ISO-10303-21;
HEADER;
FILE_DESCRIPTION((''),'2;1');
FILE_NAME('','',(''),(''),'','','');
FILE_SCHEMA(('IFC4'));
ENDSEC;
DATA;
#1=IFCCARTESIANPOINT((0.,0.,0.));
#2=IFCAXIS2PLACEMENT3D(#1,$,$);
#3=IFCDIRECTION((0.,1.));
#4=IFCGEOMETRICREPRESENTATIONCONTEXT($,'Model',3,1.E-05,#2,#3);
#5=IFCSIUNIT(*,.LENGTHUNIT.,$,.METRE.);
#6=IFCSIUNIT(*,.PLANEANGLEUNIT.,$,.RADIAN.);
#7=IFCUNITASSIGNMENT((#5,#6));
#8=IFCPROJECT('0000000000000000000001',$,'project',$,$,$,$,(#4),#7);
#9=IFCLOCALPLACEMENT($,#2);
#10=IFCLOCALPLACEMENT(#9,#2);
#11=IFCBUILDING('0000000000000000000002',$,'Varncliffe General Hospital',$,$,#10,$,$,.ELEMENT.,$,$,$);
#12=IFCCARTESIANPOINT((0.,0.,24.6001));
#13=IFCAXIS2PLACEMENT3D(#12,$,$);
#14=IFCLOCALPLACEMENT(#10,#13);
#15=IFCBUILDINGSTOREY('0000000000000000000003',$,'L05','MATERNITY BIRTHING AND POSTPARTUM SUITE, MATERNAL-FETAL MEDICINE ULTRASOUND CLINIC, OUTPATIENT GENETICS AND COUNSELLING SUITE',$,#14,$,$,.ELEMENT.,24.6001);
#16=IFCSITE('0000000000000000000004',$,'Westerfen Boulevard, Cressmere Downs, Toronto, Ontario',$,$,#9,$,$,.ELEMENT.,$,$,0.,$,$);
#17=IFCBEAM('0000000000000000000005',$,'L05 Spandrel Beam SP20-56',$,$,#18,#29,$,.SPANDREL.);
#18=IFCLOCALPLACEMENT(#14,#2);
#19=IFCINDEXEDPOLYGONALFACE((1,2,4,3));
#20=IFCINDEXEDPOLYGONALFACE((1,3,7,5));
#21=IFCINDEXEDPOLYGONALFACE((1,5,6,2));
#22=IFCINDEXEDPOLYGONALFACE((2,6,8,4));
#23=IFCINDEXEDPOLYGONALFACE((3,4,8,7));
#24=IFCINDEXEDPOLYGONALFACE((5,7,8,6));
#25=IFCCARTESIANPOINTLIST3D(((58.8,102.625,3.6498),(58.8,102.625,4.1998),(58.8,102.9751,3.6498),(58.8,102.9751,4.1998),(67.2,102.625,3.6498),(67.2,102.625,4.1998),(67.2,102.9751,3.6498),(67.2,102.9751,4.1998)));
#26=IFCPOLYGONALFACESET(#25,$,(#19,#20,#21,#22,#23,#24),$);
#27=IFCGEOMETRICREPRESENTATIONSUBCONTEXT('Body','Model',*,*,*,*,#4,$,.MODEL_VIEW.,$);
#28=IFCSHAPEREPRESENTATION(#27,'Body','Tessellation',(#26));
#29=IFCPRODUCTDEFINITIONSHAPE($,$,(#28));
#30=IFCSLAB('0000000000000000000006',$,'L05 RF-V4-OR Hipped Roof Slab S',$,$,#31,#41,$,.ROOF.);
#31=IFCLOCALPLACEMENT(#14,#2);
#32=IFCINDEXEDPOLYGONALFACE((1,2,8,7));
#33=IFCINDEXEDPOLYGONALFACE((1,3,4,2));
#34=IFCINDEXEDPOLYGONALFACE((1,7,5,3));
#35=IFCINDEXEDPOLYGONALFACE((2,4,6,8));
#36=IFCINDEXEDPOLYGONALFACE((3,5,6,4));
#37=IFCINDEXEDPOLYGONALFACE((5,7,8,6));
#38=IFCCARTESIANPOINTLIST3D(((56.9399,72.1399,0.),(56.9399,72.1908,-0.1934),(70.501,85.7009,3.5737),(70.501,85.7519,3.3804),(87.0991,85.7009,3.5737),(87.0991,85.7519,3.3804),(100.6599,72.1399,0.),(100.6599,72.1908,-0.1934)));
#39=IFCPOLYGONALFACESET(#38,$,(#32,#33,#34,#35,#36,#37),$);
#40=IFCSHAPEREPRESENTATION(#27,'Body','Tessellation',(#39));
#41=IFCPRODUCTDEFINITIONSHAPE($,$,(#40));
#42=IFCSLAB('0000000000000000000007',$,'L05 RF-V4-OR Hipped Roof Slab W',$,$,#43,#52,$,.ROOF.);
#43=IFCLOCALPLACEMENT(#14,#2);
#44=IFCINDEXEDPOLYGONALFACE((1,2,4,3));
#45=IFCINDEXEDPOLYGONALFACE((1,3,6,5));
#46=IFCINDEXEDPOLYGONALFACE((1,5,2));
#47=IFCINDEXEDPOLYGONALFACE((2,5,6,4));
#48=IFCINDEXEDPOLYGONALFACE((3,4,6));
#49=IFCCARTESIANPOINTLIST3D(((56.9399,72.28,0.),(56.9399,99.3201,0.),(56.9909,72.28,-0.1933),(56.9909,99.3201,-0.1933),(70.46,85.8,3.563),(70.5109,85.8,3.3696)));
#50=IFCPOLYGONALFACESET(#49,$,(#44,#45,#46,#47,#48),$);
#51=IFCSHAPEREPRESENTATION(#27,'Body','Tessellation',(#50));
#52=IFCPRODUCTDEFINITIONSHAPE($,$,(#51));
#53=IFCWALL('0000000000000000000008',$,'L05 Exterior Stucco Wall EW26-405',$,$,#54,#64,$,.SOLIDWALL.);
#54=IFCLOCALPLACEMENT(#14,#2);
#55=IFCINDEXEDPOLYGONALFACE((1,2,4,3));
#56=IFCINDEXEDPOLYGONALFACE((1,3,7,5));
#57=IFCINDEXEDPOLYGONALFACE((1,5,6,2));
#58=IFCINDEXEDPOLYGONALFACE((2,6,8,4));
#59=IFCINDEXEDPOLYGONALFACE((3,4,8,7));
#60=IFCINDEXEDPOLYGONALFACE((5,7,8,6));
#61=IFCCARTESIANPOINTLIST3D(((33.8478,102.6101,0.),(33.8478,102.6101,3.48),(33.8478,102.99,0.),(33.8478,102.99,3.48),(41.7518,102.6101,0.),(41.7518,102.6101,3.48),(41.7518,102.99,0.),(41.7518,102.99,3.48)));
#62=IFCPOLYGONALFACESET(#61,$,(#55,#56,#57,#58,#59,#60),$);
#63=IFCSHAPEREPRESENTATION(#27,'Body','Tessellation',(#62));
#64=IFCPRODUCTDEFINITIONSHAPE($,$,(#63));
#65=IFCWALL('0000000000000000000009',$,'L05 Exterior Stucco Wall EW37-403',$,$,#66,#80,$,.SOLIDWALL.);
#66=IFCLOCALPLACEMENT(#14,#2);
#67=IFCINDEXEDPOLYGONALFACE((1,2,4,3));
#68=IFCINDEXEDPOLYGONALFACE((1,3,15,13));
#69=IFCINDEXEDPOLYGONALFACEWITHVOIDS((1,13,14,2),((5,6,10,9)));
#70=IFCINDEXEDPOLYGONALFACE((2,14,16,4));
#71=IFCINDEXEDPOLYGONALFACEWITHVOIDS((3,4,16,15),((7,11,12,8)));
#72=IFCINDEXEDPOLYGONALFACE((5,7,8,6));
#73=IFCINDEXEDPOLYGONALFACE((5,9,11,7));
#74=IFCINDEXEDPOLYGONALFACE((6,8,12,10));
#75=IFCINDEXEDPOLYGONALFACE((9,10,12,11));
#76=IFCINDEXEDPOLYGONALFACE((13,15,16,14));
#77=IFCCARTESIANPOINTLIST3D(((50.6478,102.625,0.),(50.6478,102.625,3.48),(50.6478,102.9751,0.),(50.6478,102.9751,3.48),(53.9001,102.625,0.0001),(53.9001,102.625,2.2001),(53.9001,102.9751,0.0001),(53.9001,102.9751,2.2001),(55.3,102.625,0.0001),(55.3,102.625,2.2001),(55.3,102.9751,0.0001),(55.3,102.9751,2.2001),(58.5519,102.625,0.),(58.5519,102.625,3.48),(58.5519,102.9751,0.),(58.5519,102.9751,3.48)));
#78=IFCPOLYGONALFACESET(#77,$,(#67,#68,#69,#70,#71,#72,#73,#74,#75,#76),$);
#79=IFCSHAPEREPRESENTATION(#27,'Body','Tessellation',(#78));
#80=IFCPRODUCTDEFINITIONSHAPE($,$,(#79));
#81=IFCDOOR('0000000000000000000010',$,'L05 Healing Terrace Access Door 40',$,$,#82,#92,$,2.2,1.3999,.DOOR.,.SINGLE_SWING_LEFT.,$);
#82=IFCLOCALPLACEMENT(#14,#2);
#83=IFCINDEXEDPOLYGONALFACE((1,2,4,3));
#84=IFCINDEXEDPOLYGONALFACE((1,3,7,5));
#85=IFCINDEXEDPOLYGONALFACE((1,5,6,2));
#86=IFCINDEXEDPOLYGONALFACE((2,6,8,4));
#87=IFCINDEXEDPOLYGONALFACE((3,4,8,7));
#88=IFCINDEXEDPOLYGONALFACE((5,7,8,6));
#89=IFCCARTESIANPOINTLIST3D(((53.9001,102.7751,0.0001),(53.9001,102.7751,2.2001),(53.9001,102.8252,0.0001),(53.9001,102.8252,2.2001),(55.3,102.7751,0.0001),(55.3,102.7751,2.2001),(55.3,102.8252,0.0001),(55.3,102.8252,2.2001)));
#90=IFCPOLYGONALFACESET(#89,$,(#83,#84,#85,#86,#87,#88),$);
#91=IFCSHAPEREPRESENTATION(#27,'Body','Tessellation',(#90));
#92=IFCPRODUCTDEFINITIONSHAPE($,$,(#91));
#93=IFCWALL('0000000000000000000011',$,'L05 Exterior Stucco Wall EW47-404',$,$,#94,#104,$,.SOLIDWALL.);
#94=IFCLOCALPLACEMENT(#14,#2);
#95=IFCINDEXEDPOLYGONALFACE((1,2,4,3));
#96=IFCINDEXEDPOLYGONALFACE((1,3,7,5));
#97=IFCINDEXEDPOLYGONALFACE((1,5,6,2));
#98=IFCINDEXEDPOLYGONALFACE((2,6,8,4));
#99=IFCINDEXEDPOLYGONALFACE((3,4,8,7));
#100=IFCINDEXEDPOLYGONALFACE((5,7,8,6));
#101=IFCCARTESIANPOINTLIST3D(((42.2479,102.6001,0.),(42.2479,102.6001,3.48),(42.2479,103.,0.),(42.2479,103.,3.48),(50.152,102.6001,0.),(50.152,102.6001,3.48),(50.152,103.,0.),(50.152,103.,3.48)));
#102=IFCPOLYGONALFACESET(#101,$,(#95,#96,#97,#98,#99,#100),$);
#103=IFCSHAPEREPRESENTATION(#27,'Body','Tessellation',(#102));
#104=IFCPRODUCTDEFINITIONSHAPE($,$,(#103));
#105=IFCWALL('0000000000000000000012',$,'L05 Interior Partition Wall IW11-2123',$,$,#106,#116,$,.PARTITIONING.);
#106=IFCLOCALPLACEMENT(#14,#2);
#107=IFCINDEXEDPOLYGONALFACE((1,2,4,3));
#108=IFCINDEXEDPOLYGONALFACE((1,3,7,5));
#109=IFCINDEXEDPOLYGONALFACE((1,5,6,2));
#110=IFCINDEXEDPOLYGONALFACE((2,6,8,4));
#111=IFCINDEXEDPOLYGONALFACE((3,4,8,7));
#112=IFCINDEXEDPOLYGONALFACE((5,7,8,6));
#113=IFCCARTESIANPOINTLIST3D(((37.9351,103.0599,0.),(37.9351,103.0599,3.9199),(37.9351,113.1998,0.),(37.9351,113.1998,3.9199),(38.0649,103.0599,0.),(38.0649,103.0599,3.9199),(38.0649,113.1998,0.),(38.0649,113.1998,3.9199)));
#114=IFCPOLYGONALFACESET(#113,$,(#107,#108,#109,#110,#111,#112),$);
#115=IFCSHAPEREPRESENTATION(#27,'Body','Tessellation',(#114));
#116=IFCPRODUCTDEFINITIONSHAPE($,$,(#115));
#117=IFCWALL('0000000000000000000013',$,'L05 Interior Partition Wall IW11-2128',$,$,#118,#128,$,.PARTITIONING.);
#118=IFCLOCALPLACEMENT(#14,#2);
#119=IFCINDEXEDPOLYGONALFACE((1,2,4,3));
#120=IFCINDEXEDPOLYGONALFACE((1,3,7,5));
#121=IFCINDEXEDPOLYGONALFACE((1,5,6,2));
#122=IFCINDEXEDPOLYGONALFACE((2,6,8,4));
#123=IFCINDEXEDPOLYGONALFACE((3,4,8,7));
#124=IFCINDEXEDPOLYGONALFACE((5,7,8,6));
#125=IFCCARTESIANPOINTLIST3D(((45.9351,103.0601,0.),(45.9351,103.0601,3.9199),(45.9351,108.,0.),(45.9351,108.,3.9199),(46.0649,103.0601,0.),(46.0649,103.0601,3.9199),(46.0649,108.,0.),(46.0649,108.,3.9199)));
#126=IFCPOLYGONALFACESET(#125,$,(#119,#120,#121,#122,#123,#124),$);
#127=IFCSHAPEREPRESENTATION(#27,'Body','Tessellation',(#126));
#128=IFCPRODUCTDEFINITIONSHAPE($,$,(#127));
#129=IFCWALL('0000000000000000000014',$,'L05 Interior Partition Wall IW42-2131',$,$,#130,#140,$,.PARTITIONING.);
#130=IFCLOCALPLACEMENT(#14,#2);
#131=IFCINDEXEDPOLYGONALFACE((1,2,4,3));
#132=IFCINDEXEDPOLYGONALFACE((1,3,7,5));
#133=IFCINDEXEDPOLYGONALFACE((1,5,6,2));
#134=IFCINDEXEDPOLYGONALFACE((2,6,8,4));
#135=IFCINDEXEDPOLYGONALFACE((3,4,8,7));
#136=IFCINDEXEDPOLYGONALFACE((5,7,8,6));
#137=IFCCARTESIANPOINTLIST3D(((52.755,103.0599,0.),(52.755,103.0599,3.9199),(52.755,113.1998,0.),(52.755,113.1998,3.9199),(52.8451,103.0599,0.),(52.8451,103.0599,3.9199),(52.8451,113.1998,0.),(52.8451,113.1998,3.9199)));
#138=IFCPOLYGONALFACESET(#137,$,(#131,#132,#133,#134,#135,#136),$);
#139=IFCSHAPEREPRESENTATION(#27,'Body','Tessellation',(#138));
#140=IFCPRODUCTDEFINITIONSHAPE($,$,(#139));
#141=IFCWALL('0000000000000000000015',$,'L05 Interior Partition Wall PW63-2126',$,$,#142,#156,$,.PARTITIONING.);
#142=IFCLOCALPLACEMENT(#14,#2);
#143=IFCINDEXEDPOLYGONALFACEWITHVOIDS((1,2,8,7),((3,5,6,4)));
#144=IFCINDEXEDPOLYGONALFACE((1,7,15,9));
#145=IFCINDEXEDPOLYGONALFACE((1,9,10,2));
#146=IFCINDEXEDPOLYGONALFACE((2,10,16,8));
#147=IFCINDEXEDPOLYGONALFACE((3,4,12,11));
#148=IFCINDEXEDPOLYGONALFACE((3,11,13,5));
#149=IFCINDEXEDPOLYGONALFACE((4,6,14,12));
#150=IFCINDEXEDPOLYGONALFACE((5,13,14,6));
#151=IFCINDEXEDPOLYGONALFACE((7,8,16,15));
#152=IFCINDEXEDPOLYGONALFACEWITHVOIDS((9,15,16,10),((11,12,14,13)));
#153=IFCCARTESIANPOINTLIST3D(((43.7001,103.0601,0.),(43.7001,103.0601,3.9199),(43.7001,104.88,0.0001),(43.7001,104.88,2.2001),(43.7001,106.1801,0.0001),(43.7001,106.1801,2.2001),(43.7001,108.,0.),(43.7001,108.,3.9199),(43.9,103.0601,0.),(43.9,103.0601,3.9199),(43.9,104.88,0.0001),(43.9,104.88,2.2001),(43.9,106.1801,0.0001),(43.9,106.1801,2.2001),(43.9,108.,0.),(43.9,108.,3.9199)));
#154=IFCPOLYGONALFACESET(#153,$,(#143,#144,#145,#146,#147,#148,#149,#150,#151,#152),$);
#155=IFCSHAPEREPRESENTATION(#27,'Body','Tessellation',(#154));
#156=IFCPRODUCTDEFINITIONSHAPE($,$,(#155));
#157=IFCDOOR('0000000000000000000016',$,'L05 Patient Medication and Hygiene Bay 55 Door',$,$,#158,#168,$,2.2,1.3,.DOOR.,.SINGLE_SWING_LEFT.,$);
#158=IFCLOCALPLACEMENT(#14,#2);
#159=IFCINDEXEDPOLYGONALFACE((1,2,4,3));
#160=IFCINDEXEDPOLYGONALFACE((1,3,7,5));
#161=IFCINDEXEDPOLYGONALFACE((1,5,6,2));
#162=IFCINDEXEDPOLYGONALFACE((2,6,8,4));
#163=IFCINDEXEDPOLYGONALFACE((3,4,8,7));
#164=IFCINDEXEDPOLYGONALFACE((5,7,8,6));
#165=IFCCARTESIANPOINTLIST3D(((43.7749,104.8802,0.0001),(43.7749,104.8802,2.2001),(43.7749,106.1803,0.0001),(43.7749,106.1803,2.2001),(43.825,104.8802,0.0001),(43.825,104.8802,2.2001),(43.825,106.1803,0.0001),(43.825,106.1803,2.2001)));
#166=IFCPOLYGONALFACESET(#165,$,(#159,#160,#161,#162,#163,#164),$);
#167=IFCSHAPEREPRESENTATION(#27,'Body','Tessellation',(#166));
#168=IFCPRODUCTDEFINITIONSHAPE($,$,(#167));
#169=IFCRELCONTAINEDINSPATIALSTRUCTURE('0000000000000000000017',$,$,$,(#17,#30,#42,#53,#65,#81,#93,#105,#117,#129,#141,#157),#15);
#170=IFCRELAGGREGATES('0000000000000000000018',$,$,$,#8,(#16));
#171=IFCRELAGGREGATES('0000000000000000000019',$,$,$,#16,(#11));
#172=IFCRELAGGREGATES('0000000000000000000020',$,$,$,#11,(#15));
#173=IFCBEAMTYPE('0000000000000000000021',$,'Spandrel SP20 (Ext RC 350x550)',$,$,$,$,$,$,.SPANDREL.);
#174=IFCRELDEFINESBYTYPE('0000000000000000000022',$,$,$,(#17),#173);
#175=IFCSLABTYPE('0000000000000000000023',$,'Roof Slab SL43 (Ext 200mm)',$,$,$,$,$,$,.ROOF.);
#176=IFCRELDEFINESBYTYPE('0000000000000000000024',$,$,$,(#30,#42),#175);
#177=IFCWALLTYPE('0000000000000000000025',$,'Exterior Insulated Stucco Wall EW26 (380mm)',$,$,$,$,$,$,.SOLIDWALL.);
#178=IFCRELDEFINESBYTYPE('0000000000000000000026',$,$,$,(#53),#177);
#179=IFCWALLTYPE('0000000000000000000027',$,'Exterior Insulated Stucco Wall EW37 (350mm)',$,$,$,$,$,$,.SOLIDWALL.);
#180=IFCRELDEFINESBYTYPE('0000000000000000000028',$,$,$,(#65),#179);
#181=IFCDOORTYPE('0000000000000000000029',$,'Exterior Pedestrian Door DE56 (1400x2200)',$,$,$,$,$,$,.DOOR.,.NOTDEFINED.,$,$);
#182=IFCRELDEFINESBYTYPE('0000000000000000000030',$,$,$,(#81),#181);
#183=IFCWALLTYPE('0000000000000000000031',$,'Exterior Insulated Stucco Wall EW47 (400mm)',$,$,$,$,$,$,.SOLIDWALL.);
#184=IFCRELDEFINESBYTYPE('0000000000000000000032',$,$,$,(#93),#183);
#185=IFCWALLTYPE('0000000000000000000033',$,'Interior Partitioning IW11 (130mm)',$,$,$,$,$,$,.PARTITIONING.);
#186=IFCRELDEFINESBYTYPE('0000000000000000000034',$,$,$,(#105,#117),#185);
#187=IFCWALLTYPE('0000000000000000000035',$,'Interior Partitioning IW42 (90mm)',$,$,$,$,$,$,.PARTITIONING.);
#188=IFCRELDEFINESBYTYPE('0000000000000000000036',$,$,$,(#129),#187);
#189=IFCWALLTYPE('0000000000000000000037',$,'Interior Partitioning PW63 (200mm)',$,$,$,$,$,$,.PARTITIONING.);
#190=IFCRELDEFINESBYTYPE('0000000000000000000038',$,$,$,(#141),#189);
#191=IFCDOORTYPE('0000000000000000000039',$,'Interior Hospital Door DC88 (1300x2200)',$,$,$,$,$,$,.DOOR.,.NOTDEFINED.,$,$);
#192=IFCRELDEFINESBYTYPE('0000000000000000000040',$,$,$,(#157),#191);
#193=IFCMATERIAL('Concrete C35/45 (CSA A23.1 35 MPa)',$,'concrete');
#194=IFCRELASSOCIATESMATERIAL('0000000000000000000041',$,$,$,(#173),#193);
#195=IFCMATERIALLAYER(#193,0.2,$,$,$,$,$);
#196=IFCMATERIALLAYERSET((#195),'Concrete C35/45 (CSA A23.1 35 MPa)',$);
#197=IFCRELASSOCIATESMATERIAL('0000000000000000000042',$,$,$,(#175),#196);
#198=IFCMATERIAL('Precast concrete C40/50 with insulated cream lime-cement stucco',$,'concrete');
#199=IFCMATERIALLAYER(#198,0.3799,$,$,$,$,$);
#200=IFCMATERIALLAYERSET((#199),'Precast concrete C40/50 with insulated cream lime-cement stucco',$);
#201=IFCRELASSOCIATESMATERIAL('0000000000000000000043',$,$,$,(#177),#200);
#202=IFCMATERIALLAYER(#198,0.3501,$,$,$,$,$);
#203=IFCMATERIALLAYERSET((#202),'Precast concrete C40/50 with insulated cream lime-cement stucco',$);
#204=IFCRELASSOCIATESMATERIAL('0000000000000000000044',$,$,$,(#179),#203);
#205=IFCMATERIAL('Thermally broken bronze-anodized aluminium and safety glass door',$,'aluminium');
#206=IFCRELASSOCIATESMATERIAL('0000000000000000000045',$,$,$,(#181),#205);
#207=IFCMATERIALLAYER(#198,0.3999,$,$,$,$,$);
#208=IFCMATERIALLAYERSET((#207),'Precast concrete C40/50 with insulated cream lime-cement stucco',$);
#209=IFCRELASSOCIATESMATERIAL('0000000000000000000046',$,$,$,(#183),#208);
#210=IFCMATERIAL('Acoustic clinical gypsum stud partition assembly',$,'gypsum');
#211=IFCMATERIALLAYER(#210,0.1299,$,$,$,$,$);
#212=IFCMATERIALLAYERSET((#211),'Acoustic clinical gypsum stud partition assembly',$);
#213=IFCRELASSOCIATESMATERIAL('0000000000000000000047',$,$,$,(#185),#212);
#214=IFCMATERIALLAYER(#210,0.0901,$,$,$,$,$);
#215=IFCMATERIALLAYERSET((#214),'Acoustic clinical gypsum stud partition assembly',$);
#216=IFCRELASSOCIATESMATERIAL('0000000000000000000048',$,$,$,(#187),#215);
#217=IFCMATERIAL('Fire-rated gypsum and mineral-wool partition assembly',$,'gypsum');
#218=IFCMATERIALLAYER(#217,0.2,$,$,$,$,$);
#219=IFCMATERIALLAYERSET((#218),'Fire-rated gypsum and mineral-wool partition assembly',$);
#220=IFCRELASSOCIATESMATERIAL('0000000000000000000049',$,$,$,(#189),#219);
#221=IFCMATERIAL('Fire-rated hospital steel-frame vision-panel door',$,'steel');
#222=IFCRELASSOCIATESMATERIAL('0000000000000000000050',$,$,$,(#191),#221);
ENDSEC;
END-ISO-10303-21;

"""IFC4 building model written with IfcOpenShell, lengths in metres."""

from ifc_helpers import new_model, si_unit, direction, frame, frame_2d, origin, origin_2d, place, context, subcontext, project, spatial, polyline, rectangle, outline, extrude, material, layer, layer_set, material_profile, profile_set, type_object, element, fill, save


model = new_model("IFC4")

# Units and contexts
model_context = context("Model", 3, precision=1e-05, world=origin(), true_north=direction((0.0, 1.0)))
body_context = subcontext(model_context, "Body", "Model", "MODEL_VIEW")
ifc_project = project(units=[si_unit("LENGTHUNIT", "METRE"), si_unit("PLANEANGLEUNIT", "RADIAN")], contexts=[model_context])

# Site, building, storey
site_placement = place(None, origin())
site = spatial("IfcSite", under=ifc_project, at=site_placement, Name="Westerfen Boulevard, Cressmere Downs, Toronto, Ontario", CompositionType="ELEMENT", RefElevation=0.0)
building_placement = place(site_placement, origin())
building = spatial("IfcBuilding", under=site, at=building_placement, Name="Varncliffe General Hospital", CompositionType="ELEMENT")
storey_placement = place(building_placement, frame((0.0, 0.0, 24.6001)))
storey = spatial("IfcBuildingStorey", under=building, at=storey_placement, Name="L05", Description="MATERNITY BIRTHING AND POSTPARTUM SUITE, MATERNAL-FETAL MEDICINE ULTRASOUND CLINIC, OUTPATIENT GENETICS AND COUNSELLING SUITE", CompositionType="ELEMENT", Elevation=24.6001)

# Shared definitions
ifc_material_1 = material(Name="Concrete C35/45 (CSA A23.1 35 MPa)", Category="concrete")

# Beam
ifc_material_profile_1 = material_profile(ifc_material_1, rectangle(XDim=0.3501, YDim=0.55, at=origin_2d()), Name="RC 350x550")
ifc_profile_set_1 = profile_set([ifc_material_profile_1], Name="Concrete C35/45 (CSA A23.1 35 MPa)")
beam_type_1 = type_object("IfcBeamType", Name="Spandrel SP20 (Ext RC 350x550)", PredefinedType="SPANDREL", material=ifc_profile_set_1)
beam_1_placement = place(storey_placement, frame((58.8, 102.8, 3.9248), z_axis=(1.0, 0.0, 0.0), x_axis=(0.0, 1.0, 0.0)))
element("IfcBeam", 1, at=beam_1_placement, inside=storey, type_object=beam_type_1, Name="L05 Spandrel Beam SP20-56", PredefinedType="SPANDREL", context=body_context, shape_type="SweptSolid", body=[
    extrude(rectangle(XDim=0.3501, YDim=0.55, at=origin_2d()), origin(), (0.0, 0.0, 1.0), 8.3999),
])

# Slabs
ifc_layer_1 = layer(ifc_material_1, 0.2)
ifc_layer_set_1 = layer_set([ifc_layer_1], Name="Concrete C35/45 (CSA A23.1 35 MPa)")
slab_type = type_object("IfcSlabType", Name="Roof Slab SL43 (Ext 200mm)", PredefinedType="ROOF", material=ifc_layer_set_1)
slab_1_placement = place(storey_placement, frame((56.9399, 72.1399, 0.0), z_axis=(0.0, -0.254829, 0.966986), x_axis=(1.0, 0.0, 0.0)))
element("IfcSlab", 2, at=slab_1_placement, inside=storey, type_object=slab_type, Name="L05 RF-V4-OR Hipped Roof Slab S", PredefinedType="ROOF", context=body_context, shape_type="SweptSolid", body=[
    extrude(outline(polyline([(0.0, 0.0), (43.72, 0.0), (30.1592, 14.024), (13.561, 14.024), (0.0, 0.0)])), origin(), (0.0, 0.0, -1.0), 0.2),
])
slab_2_placement = place(storey_placement, frame((56.9399, 99.3201, 0.0), z_axis=(-0.254834, 0.0, 0.966985), x_axis=(0.0, -1.0, 0.0)))
element("IfcSlab", 3, at=slab_2_placement, inside=storey, type_object=slab_type, Name="L05 RF-V4-OR Hipped Roof Slab W", PredefinedType="ROOF", context=body_context, shape_type="SweptSolid", body=[
    extrude(outline(polyline([(0.0, 0.0), (27.04, 0.0), (13.52, 13.9816), (0.0, 0.0)])), origin(), (0.0, 0.0, -1.0), 0.2),
])

# Wall
ifc_material_2 = material(Name="Precast concrete C40/50 with insulated cream lime-cement stucco", Category="concrete")
ifc_layer_2 = layer(ifc_material_2, 0.3799)
ifc_layer_set_2 = layer_set([ifc_layer_2], Name="Precast concrete C40/50 with insulated cream lime-cement stucco")
wall_type_1 = type_object("IfcWallType", Name="Exterior Insulated Stucco Wall EW26 (380mm)", PredefinedType="SOLIDWALL", material=ifc_layer_set_2)
wall_1_placement = place(storey_placement, frame((41.752, 102.8, 0.0), z_axis=(0.0, 0.0, 1.0), x_axis=(-1.0, 0.0, 0.0)))
element("IfcWall", 4, at=wall_1_placement, inside=storey, type_object=wall_type_1, Name="L05 Exterior Stucco Wall EW26-405", PredefinedType="SOLIDWALL", context=body_context, shape_type="SweptSolid", body=[
    extrude(rectangle(XDim=7.9041, YDim=0.3799, at=frame_2d((3.9521, 0.0))), origin(), (0.0, 0.0, 1.0), 3.48),
])

# Wall, opening, door
ifc_layer_3 = layer(ifc_material_2, 0.3501)
ifc_layer_set_3 = layer_set([ifc_layer_3], Name="Precast concrete C40/50 with insulated cream lime-cement stucco")
wall_type_2 = type_object("IfcWallType", Name="Exterior Insulated Stucco Wall EW37 (350mm)", PredefinedType="SOLIDWALL", material=ifc_layer_set_3)
wall_2_placement = place(storey_placement, frame((58.552, 102.8, 0.0), z_axis=(0.0, 0.0, 1.0), x_axis=(-1.0, 0.0, 0.0)))
wall_2 = element("IfcWall", 5, at=wall_2_placement, inside=storey, type_object=wall_type_2, Name="L05 Exterior Stucco Wall EW37-403", PredefinedType="SOLIDWALL", context=body_context, shape_type="SweptSolid", body=[
    extrude(rectangle(XDim=7.9041, YDim=0.3501, at=frame_2d((3.9521, 0.0))), origin(), (0.0, 0.0, 1.0), 3.48),
])
opening_1_placement = place(wall_2_placement, frame((3.252, 0.0, 0.0)))
opening_1 = element("IfcOpeningElement", 6, at=opening_1_placement, cuts=wall_2, PredefinedType="OPENING", context=body_context, shape_type="SweptSolid", body=[
    extrude(rectangle(XDim=1.3999, YDim=2.2, at=frame_2d((0.7, 1.1001))), frame((0.0, 0.1851, 0.0), z_axis=(0.0, -1.0, 0.0), x_axis=(1.0, 0.0, 0.0)), (0.0, 0.0, 1.0), 0.3701),
])
ifc_material_3 = material(Name="Thermally broken bronze-anodized aluminium and safety glass door", Category="aluminium")
door_type_1 = type_object("IfcDoorType", Name="Exterior Pedestrian Door DE56 (1400x2200)", OperationType="NOTDEFINED", PredefinedType="DOOR", material=ifc_material_3)
door_1_placement = place(opening_1_placement, origin())
door_1 = element("IfcDoor", 7, at=door_1_placement, inside=storey, type_object=door_type_1, Name="L05 Healing Terrace Access Door 40", OperationType="SINGLE_SWING_LEFT", OverallHeight=2.2, OverallWidth=1.3999, PredefinedType="DOOR", context=body_context, shape_type="SweptSolid", body=[
    extrude(rectangle(XDim=1.3999, YDim=2.2, at=frame_2d((0.7, 1.1001))), frame((0.0, 0.0249, 0.0), z_axis=(0.0, -1.0, 0.0), x_axis=(1.0, 0.0, 0.0)), (0.0, 0.0, 1.0), 0.05),
])
fill(opening_1, door_1)

# Walls
ifc_layer_4 = layer(ifc_material_2, 0.3999)
ifc_layer_set_4 = layer_set([ifc_layer_4], Name="Precast concrete C40/50 with insulated cream lime-cement stucco")
wall_type_3 = type_object("IfcWallType", Name="Exterior Insulated Stucco Wall EW47 (400mm)", PredefinedType="SOLIDWALL", material=ifc_layer_set_4)
wall_3_placement = place(storey_placement, frame((50.1521, 102.8, 0.0), z_axis=(0.0, 0.0, 1.0), x_axis=(-1.0, 0.0, 0.0)))
element("IfcWall", 8, at=wall_3_placement, inside=storey, type_object=wall_type_3, Name="L05 Exterior Stucco Wall EW47-404", PredefinedType="SOLIDWALL", context=body_context, shape_type="SweptSolid", body=[
    extrude(rectangle(XDim=7.9041, YDim=0.3999, at=frame_2d((3.9521, 0.0))), origin(), (0.0, 0.0, 1.0), 3.48),
])
ifc_material_4 = material(Name="Acoustic clinical gypsum stud partition assembly", Category="gypsum")
ifc_layer_5 = layer(ifc_material_4, 0.1299)
ifc_layer_set_5 = layer_set([ifc_layer_5], Name="Acoustic clinical gypsum stud partition assembly")
wall_type_4 = type_object("IfcWallType", Name="Interior Partitioning IW11 (130mm)", PredefinedType="PARTITIONING", material=ifc_layer_set_5)
wall_4_placement = place(storey_placement, frame((38.0, 103.0601, 0.0), z_axis=(0.0, 0.0, 1.0), x_axis=(0.0, 1.0, 0.0)))
element("IfcWall", 9, at=wall_4_placement, inside=storey, type_object=wall_type_4, Name="L05 Interior Partition Wall IW11-2123", PredefinedType="PARTITIONING", context=body_context, shape_type="SweptSolid", body=[
    extrude(rectangle(XDim=10.1399, YDim=0.1299, at=frame_2d((5.0698, 0.0))), origin(), (0.0, 0.0, 1.0), 3.9199),
])
wall_5_placement = place(storey_placement, frame((46.0, 103.0601, 0.0), z_axis=(0.0, 0.0, 1.0), x_axis=(0.0, 1.0, 0.0)))
element("IfcWall", 10, at=wall_5_placement, inside=storey, type_object=wall_type_4, Name="L05 Interior Partition Wall IW11-2128", PredefinedType="PARTITIONING", context=body_context, shape_type="SweptSolid", body=[
    extrude(rectangle(XDim=4.9399, YDim=0.1299, at=frame_2d((2.47, 0.0))), origin(), (0.0, 0.0, 1.0), 3.9199),
])
ifc_layer_6 = layer(ifc_material_4, 0.0901)
ifc_layer_set_6 = layer_set([ifc_layer_6], Name="Acoustic clinical gypsum stud partition assembly")
wall_type_5 = type_object("IfcWallType", Name="Interior Partitioning IW42 (90mm)", PredefinedType="PARTITIONING", material=ifc_layer_set_6)
wall_6_placement = place(storey_placement, frame((52.8, 103.0601, 0.0), z_axis=(0.0, 0.0, 1.0), x_axis=(0.0, 1.0, 0.0)))
element("IfcWall", 11, at=wall_6_placement, inside=storey, type_object=wall_type_5, Name="L05 Interior Partition Wall IW42-2131", PredefinedType="PARTITIONING", context=body_context, shape_type="SweptSolid", body=[
    extrude(rectangle(XDim=10.1399, YDim=0.0901, at=frame_2d((5.0698, 0.0))), origin(), (0.0, 0.0, 1.0), 3.9199),
])

# Wall, opening, door
ifc_material_5 = material(Name="Fire-rated gypsum and mineral-wool partition assembly", Category="gypsum")
ifc_layer_7 = layer(ifc_material_5, 0.2)
ifc_layer_set_7 = layer_set([ifc_layer_7], Name="Fire-rated gypsum and mineral-wool partition assembly")
wall_type_6 = type_object("IfcWallType", Name="Interior Partitioning PW63 (200mm)", PredefinedType="PARTITIONING", material=ifc_layer_set_7)
wall_7_placement = place(storey_placement, frame((43.8, 103.0601, 0.0), z_axis=(0.0, 0.0, 1.0), x_axis=(0.0, 1.0, 0.0)))
wall_7 = element("IfcWall", 12, at=wall_7_placement, inside=storey, type_object=wall_type_6, Name="L05 Interior Partition Wall PW63-2126", PredefinedType="PARTITIONING", context=body_context, shape_type="SweptSolid", body=[
    extrude(rectangle(XDim=4.9399, YDim=0.2, at=frame_2d((2.47, 0.0))), origin(), (0.0, 0.0, 1.0), 3.9199),
])
opening_2_placement = place(wall_7_placement, frame((1.8201, 0.0, 0.0)))
opening_2 = element("IfcOpeningElement", 13, at=opening_2_placement, cuts=wall_7, PredefinedType="OPENING", context=body_context, shape_type="SweptSolid", body=[
    extrude(rectangle(XDim=1.3, YDim=2.2, at=frame_2d((0.6499, 1.1001))), frame((0.0, 0.1099, 0.0), z_axis=(0.0, -1.0, 0.0), x_axis=(1.0, 0.0, 0.0)), (0.0, 0.0, 1.0), 0.22),
])
ifc_material_6 = material(Name="Fire-rated hospital steel-frame vision-panel door", Category="steel")
door_type_2 = type_object("IfcDoorType", Name="Interior Hospital Door DC88 (1300x2200)", OperationType="NOTDEFINED", PredefinedType="DOOR", material=ifc_material_6)
door_2_placement = place(opening_2_placement, frame((1.3, 0.0, 0.0), z_axis=(0.0, 0.0, 1.0), x_axis=(-1.0, 0.0, 0.0)))
door_2 = element("IfcDoor", 14, at=door_2_placement, inside=storey, type_object=door_type_2, Name="L05 Patient Medication and Hygiene Bay 55 Door", OperationType="SINGLE_SWING_LEFT", OverallHeight=2.2, OverallWidth=1.3, PredefinedType="DOOR", context=body_context, shape_type="SweptSolid", body=[
    extrude(rectangle(XDim=1.3, YDim=2.2, at=frame_2d((0.6499, 1.1001))), frame((0.0, 0.0249, 0.0), z_axis=(0.0, -1.0, 0.0), x_axis=(1.0, 0.0, 0.0)), (0.0, 0.0, 1.0), 0.05),
])
fill(opening_2, door_2)

save(model, "model.ifc")
